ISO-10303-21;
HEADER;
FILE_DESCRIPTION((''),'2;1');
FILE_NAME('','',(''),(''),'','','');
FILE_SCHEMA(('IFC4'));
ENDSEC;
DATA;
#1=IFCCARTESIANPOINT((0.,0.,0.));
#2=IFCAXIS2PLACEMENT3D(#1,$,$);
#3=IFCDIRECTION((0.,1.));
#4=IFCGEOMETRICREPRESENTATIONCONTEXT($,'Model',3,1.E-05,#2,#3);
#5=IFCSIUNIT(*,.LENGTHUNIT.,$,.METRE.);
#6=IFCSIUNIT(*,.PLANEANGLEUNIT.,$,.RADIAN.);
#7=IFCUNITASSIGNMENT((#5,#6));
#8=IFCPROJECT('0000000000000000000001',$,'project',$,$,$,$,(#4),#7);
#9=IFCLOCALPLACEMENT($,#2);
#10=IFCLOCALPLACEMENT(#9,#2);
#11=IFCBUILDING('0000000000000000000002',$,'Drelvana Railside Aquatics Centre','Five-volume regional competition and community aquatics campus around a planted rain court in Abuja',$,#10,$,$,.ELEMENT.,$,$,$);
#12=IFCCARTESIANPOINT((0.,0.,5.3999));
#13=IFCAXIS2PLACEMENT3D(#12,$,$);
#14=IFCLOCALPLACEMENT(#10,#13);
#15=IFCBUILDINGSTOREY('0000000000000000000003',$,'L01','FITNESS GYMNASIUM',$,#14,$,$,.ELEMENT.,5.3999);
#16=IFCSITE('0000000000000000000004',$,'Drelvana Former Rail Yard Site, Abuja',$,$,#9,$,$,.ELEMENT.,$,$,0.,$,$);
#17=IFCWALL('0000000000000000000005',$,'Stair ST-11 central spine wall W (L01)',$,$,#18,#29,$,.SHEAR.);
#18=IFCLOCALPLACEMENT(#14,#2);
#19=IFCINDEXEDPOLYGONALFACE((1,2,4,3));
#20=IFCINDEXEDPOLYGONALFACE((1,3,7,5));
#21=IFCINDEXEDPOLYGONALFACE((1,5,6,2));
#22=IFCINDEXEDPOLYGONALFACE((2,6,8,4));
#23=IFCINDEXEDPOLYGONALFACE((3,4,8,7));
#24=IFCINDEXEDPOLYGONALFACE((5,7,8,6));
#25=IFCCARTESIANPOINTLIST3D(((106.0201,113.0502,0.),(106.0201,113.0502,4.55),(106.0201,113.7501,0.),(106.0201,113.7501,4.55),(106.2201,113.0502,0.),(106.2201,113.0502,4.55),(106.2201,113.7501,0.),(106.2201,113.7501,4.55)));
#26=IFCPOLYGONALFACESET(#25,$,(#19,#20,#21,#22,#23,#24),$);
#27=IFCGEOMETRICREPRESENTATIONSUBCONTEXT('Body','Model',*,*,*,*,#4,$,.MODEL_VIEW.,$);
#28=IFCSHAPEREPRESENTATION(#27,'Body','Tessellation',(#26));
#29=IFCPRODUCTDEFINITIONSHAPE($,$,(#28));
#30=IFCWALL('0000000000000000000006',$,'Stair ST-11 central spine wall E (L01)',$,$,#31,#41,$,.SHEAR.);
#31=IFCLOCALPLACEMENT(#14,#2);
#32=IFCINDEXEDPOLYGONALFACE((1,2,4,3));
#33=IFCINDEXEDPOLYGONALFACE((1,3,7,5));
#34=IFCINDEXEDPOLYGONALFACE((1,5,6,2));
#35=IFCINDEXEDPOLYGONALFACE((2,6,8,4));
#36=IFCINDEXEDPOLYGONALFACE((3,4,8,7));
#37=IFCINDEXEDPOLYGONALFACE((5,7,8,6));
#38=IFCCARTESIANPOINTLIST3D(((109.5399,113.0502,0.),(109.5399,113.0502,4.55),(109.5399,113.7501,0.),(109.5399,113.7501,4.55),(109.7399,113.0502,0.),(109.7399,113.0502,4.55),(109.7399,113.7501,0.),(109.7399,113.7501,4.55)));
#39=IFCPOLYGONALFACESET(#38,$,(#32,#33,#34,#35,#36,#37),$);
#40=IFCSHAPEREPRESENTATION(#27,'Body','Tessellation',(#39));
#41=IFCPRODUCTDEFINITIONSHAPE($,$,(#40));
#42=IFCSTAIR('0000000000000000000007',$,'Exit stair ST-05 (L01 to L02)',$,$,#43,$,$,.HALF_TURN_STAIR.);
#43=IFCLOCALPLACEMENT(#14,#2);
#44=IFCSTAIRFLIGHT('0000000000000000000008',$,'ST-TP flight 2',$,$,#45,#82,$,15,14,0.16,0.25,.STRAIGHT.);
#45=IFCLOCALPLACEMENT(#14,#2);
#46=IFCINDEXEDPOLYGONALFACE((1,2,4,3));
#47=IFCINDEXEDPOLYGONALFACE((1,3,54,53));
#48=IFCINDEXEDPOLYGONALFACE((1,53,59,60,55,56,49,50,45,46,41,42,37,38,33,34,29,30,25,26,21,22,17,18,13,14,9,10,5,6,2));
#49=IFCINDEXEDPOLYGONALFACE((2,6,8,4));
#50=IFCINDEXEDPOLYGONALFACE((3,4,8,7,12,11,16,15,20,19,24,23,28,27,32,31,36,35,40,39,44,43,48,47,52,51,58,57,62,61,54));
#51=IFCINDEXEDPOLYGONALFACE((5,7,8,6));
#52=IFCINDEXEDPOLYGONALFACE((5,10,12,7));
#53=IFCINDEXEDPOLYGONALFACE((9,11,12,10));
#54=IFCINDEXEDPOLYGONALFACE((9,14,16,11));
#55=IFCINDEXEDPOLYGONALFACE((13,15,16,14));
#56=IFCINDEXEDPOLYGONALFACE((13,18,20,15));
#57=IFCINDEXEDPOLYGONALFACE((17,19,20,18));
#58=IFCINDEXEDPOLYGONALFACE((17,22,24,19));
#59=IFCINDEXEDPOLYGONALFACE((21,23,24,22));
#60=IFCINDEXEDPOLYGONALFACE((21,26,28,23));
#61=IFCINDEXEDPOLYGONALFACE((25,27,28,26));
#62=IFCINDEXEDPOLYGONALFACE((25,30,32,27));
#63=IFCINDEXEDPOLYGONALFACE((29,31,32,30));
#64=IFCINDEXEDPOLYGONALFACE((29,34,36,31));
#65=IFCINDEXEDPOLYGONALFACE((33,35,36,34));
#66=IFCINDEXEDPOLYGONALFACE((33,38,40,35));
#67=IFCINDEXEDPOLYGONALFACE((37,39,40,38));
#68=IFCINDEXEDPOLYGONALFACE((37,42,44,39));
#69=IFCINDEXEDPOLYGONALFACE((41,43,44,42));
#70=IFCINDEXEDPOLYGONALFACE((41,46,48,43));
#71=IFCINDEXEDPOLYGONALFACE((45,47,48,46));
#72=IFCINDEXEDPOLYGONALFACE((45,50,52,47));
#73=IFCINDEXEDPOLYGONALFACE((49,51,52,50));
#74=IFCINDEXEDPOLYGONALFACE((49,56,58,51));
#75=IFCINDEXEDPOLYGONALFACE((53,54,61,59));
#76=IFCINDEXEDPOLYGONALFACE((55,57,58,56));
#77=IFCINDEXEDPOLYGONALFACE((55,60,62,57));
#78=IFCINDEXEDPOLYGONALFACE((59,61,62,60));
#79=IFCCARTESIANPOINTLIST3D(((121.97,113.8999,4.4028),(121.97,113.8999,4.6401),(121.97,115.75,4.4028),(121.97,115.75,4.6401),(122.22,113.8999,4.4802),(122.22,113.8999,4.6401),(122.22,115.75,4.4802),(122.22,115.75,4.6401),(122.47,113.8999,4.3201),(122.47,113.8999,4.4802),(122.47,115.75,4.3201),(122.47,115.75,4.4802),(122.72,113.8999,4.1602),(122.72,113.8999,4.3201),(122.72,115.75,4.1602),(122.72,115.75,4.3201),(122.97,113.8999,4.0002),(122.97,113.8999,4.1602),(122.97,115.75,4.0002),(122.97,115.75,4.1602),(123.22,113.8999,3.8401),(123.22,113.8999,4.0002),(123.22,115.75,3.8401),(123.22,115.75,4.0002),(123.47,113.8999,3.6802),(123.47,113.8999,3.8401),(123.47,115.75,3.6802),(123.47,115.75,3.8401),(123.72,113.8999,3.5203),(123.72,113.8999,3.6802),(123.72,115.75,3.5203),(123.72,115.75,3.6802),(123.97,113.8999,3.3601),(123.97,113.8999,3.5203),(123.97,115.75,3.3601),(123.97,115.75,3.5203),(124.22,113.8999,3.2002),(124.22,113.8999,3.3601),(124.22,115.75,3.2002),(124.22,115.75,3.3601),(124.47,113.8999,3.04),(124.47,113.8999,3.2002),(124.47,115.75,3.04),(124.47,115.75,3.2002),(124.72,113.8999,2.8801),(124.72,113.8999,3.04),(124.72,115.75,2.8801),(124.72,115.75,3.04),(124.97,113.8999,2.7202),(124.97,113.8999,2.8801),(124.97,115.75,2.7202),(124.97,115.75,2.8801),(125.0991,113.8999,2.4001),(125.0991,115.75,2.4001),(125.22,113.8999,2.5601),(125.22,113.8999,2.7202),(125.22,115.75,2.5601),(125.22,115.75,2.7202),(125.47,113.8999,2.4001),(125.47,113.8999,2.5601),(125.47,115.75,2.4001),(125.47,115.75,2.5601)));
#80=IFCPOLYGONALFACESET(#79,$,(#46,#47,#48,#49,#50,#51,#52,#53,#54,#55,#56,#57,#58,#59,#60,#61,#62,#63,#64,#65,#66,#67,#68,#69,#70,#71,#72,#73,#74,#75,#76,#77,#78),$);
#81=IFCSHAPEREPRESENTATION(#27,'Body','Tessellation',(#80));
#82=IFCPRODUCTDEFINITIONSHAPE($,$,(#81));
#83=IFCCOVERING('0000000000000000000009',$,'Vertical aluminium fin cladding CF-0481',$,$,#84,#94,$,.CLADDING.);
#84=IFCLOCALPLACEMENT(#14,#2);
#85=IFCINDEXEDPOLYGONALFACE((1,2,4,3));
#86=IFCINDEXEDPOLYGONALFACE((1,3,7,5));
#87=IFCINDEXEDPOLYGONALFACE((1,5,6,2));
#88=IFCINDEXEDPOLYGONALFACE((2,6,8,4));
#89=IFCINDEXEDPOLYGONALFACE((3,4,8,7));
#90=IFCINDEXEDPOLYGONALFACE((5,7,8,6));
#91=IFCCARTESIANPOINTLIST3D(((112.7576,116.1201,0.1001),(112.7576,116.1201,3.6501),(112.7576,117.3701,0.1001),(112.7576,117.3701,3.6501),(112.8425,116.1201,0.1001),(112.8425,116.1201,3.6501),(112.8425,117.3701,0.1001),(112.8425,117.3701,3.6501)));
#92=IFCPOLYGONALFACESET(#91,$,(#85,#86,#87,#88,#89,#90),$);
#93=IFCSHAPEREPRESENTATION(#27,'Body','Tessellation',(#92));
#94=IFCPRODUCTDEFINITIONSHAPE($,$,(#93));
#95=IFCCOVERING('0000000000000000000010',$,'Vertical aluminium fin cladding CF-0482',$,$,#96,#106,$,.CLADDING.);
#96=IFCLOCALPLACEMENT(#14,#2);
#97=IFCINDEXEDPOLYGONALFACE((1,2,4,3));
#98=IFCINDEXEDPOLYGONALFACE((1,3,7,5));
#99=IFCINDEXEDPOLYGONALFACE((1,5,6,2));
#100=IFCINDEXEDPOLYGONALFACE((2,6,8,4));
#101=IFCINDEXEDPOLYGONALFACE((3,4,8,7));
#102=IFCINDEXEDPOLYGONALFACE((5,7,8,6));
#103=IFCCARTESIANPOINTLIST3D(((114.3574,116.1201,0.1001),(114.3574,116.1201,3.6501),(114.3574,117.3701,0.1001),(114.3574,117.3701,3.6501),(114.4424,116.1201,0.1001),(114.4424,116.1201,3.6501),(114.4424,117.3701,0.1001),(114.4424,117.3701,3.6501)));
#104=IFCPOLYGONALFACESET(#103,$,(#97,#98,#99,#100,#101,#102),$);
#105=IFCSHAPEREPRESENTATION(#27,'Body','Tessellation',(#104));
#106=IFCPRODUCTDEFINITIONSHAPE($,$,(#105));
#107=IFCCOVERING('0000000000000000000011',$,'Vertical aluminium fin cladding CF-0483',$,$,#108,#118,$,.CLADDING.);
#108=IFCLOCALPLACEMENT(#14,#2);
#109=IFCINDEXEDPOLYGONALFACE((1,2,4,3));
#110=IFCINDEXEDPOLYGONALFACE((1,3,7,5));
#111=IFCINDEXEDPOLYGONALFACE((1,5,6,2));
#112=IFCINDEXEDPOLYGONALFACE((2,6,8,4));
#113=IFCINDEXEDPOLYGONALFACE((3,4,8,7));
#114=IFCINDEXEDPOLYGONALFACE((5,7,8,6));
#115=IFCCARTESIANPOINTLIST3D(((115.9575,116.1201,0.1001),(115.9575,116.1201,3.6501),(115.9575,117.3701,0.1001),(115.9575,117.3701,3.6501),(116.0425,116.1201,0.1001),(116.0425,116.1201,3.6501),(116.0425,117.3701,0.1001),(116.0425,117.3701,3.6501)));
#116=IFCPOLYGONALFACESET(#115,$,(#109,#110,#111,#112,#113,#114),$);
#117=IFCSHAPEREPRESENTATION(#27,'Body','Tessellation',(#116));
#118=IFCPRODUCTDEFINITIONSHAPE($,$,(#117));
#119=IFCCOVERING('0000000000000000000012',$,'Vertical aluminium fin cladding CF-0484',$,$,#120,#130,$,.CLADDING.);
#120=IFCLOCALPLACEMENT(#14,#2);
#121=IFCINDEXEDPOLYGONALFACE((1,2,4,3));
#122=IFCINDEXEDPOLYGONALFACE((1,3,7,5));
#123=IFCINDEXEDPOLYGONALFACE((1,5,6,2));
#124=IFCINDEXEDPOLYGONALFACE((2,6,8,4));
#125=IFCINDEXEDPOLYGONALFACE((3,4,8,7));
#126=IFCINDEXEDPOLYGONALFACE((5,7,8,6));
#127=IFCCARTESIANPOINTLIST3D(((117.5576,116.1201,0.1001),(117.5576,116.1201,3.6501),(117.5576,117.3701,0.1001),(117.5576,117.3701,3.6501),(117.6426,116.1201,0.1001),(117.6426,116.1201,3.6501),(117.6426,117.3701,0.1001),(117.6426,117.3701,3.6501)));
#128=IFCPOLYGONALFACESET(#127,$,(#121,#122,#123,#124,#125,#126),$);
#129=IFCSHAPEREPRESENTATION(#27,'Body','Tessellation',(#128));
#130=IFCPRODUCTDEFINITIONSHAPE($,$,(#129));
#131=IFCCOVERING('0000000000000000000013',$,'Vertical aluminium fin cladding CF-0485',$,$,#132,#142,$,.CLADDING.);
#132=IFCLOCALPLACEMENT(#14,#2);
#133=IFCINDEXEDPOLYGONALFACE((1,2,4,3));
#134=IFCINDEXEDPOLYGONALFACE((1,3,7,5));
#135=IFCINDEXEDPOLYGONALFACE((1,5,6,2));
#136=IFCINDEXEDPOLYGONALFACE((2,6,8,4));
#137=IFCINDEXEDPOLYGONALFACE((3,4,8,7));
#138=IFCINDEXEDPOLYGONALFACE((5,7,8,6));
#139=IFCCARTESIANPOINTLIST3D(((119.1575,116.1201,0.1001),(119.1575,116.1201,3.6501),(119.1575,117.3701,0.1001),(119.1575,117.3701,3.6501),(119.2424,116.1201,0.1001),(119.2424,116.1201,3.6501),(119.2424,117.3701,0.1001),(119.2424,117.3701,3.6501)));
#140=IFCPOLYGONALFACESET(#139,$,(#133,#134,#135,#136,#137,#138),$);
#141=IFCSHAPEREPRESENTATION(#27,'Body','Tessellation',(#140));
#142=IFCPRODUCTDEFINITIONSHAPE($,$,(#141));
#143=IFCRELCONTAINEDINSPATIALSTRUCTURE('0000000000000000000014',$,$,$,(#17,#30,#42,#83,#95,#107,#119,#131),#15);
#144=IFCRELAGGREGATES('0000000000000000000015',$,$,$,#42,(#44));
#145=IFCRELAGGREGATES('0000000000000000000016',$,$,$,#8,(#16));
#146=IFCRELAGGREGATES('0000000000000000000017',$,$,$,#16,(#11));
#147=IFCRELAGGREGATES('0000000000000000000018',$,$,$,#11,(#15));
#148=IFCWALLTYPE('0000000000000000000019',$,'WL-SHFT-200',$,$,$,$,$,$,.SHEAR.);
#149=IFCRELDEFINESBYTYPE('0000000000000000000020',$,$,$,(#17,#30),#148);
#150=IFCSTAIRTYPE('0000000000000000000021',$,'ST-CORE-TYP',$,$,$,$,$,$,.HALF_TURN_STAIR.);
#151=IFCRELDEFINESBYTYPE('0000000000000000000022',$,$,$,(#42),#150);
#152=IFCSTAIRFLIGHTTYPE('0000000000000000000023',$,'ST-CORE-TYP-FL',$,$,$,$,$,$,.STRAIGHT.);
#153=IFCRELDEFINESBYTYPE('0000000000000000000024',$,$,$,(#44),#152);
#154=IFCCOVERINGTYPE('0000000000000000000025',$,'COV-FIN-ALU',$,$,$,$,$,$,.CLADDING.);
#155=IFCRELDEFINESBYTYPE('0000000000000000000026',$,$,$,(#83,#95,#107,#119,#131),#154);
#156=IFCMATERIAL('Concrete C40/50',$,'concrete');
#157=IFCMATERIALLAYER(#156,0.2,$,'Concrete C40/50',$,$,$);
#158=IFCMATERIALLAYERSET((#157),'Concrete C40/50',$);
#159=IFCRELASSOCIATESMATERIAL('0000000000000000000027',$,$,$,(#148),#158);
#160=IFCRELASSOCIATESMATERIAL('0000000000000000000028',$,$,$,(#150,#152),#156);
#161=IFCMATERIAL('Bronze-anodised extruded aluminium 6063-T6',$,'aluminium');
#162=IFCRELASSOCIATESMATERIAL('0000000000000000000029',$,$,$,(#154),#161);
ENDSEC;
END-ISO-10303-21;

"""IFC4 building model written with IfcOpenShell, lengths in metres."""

from ifc_helpers import new_model, si_unit, direction, frame, frame_2d, origin, origin_2d, place, context, subcontext, project, spatial, polyline, rectangle, outline, extrude, material, layer, layer_set, type_object, element, aggregate, save


model = new_model("IFC4")

# Units and contexts
model_context = context("Model", 3, precision=1e-05, world=origin(), true_north=direction((0.0, 1.0)))
body_context = subcontext(model_context, "Body", "Model", "MODEL_VIEW")
ifc_project = project(units=[si_unit("LENGTHUNIT", "METRE"), si_unit("PLANEANGLEUNIT", "RADIAN")], contexts=[model_context])

# Site, building, storey
site_placement = place(None, origin())
site = spatial("IfcSite", under=ifc_project, at=site_placement, Name="Drelvana Former Rail Yard Site, Abuja", CompositionType="ELEMENT", RefElevation=0.0)
building_placement = place(site_placement, origin())
building = spatial("IfcBuilding", under=site, at=building_placement, Name="Drelvana Railside Aquatics Centre", Description="Five-volume regional competition and community aquatics campus around a planted rain court in Abuja", CompositionType="ELEMENT")
storey_placement = place(building_placement, frame((0.0, 0.0, 5.3999)))
storey = spatial("IfcBuildingStorey", under=building, at=storey_placement, Name="L01", Description="FITNESS GYMNASIUM", CompositionType="ELEMENT", Elevation=5.3999)

# Shared definitions
ifc_material_1 = material(Name="Concrete C40/50", Category="concrete")

# Walls
ifc_layer_1 = layer(ifc_material_1, 0.2, Name="Concrete C40/50")
ifc_layer_set_1 = layer_set([ifc_layer_1], Name="Concrete C40/50")
wall_type_1 = type_object("IfcWallType", Name="WL-SHFT-200", PredefinedType="SHEAR", material=ifc_layer_set_1)
for number, where, z_axis, x_axis, name in (
    (1, (106.1201, 113.05, 0.0), (0.0, 0.0, 1.0), (0.0, 1.0, 0.0), "Stair ST-11 central spine wall W (L01)"),
    (2, (109.6399, 113.05, 0.0), (0.0, 0.0, 1.0), (0.0, 1.0, 0.0), "Stair ST-11 central spine wall E (L01)"),
):
    element("IfcWall", number, at=place(storey_placement, frame(where, z_axis=z_axis, x_axis=x_axis)), inside=storey, type_object=wall_type_1, Name=name, PredefinedType="SHEAR", context=body_context, shape_type="SweptSolid", body=[
        extrude(rectangle(XDim=0.7, YDim=0.2, at=frame_2d((0.3501, 0.0))), origin(), (0.0, 0.0, 1.0), 4.55),
    ])

# Stair, stair flight
stair_type = type_object("IfcStairType", Name="ST-CORE-TYP", PredefinedType="HALF_TURN_STAIR", material=ifc_material_1)
stair_placement = place(storey_placement, origin())
stair = element("IfcStair", 3, at=stair_placement, inside=storey, type_object=stair_type, Name="Exit stair ST-05 (L01 to L02)", PredefinedType="HALF_TURN_STAIR")
stair_flight_type = type_object("IfcStairFlightType", Name="ST-CORE-TYP-FL", PredefinedType="STRAIGHT", material=ifc_material_1)
stair_flight_placement = place(storey_placement, frame((125.47, 114.825, 2.4001), z_axis=(0.0, 0.0, 1.0), x_axis=(-1.0, 0.0, 0.0)))
stair_flight = element("IfcStairFlight", 4, at=stair_flight_placement, type_object=stair_flight_type, Name="ST-TP flight 2", NumberOfRisers=15, NumberOfTreads=14, PredefinedType="STRAIGHT", RiserHeight=0.16, TreadLength=0.25, context=body_context, shape_type="SweptSolid", body=[
    extrude(outline(polyline([(0.0, 0.0), (0.0, 0.1599), (0.25, 0.1599), (0.25, 0.3201), (0.5, 0.3201), (0.5, 0.48), (0.75, 0.48), (0.75, 0.6399), (1.0, 0.6399), (1.0, 0.8), (1.25, 0.8), (1.25, 0.96), (1.5, 0.96), (1.5, 1.1201), (1.75, 1.1201), (1.75, 1.28), (2.0, 1.28), (2.0, 1.4399), (2.25, 1.4399), (2.25, 1.6001), (2.5, 1.6001), (2.5, 1.76), (2.75, 1.76), (2.75, 1.9199), (3.0, 1.9199), (3.0, 2.0801), (3.25, 2.0801), (3.25, 2.24), (3.5, 2.24), (3.5, 2.3999), (3.5, 2.0027), (0.3708, 0.0), (0.0, 0.0)])), frame((0.0, 0.925, 0.0), z_axis=(0.0, -1.0, 0.0), x_axis=(1.0, 0.0, 0.0)), (0.0, 0.0, 1.0), 1.8501),
])
aggregate(stair, [stair_flight])

# Coverings
ifc_material_2 = material(Name="Bronze-anodised extruded aluminium 6063-T6", Category="aluminium")
covering_type = type_object("IfcCoveringType", Name="COV-FIN-ALU", PredefinedType="CLADDING", material=ifc_material_2)
for number, where, z_axis, x_axis, name in (
    (5, (112.8, 116.7451, 0.1001), (0.0, 0.0, 1.0), (1.0, 0.0, 0.0), "Vertical aluminium fin cladding CF-0481"),
    (6, (114.3999, 116.7451, 0.1001), (0.0, 0.0, 1.0), (1.0, 0.0, 0.0), "Vertical aluminium fin cladding CF-0482"),
    (7, (116.0, 116.7451, 0.1001), (0.0, 0.0, 1.0), (1.0, 0.0, 0.0), "Vertical aluminium fin cladding CF-0483"),
    (8, (117.6001, 116.7451, 0.1001), (0.0, 0.0, 1.0), (1.0, 0.0, 0.0), "Vertical aluminium fin cladding CF-0484"),
    (9, (119.2, 116.7451, 0.1001), (0.0, 0.0, 1.0), (1.0, 0.0, 0.0), "Vertical aluminium fin cladding CF-0485"),
):
    element("IfcCovering", number, at=place(storey_placement, frame(where, z_axis=z_axis, x_axis=x_axis)), inside=storey, type_object=covering_type, Name=name, PredefinedType="CLADDING", context=body_context, shape_type="SweptSolid", body=[
        extrude(rectangle(XDim=0.085, YDim=1.25, at=origin_2d()), origin(), (0.0, 0.0, 1.0), 3.55),
    ])

save(model, "model.ifc")
